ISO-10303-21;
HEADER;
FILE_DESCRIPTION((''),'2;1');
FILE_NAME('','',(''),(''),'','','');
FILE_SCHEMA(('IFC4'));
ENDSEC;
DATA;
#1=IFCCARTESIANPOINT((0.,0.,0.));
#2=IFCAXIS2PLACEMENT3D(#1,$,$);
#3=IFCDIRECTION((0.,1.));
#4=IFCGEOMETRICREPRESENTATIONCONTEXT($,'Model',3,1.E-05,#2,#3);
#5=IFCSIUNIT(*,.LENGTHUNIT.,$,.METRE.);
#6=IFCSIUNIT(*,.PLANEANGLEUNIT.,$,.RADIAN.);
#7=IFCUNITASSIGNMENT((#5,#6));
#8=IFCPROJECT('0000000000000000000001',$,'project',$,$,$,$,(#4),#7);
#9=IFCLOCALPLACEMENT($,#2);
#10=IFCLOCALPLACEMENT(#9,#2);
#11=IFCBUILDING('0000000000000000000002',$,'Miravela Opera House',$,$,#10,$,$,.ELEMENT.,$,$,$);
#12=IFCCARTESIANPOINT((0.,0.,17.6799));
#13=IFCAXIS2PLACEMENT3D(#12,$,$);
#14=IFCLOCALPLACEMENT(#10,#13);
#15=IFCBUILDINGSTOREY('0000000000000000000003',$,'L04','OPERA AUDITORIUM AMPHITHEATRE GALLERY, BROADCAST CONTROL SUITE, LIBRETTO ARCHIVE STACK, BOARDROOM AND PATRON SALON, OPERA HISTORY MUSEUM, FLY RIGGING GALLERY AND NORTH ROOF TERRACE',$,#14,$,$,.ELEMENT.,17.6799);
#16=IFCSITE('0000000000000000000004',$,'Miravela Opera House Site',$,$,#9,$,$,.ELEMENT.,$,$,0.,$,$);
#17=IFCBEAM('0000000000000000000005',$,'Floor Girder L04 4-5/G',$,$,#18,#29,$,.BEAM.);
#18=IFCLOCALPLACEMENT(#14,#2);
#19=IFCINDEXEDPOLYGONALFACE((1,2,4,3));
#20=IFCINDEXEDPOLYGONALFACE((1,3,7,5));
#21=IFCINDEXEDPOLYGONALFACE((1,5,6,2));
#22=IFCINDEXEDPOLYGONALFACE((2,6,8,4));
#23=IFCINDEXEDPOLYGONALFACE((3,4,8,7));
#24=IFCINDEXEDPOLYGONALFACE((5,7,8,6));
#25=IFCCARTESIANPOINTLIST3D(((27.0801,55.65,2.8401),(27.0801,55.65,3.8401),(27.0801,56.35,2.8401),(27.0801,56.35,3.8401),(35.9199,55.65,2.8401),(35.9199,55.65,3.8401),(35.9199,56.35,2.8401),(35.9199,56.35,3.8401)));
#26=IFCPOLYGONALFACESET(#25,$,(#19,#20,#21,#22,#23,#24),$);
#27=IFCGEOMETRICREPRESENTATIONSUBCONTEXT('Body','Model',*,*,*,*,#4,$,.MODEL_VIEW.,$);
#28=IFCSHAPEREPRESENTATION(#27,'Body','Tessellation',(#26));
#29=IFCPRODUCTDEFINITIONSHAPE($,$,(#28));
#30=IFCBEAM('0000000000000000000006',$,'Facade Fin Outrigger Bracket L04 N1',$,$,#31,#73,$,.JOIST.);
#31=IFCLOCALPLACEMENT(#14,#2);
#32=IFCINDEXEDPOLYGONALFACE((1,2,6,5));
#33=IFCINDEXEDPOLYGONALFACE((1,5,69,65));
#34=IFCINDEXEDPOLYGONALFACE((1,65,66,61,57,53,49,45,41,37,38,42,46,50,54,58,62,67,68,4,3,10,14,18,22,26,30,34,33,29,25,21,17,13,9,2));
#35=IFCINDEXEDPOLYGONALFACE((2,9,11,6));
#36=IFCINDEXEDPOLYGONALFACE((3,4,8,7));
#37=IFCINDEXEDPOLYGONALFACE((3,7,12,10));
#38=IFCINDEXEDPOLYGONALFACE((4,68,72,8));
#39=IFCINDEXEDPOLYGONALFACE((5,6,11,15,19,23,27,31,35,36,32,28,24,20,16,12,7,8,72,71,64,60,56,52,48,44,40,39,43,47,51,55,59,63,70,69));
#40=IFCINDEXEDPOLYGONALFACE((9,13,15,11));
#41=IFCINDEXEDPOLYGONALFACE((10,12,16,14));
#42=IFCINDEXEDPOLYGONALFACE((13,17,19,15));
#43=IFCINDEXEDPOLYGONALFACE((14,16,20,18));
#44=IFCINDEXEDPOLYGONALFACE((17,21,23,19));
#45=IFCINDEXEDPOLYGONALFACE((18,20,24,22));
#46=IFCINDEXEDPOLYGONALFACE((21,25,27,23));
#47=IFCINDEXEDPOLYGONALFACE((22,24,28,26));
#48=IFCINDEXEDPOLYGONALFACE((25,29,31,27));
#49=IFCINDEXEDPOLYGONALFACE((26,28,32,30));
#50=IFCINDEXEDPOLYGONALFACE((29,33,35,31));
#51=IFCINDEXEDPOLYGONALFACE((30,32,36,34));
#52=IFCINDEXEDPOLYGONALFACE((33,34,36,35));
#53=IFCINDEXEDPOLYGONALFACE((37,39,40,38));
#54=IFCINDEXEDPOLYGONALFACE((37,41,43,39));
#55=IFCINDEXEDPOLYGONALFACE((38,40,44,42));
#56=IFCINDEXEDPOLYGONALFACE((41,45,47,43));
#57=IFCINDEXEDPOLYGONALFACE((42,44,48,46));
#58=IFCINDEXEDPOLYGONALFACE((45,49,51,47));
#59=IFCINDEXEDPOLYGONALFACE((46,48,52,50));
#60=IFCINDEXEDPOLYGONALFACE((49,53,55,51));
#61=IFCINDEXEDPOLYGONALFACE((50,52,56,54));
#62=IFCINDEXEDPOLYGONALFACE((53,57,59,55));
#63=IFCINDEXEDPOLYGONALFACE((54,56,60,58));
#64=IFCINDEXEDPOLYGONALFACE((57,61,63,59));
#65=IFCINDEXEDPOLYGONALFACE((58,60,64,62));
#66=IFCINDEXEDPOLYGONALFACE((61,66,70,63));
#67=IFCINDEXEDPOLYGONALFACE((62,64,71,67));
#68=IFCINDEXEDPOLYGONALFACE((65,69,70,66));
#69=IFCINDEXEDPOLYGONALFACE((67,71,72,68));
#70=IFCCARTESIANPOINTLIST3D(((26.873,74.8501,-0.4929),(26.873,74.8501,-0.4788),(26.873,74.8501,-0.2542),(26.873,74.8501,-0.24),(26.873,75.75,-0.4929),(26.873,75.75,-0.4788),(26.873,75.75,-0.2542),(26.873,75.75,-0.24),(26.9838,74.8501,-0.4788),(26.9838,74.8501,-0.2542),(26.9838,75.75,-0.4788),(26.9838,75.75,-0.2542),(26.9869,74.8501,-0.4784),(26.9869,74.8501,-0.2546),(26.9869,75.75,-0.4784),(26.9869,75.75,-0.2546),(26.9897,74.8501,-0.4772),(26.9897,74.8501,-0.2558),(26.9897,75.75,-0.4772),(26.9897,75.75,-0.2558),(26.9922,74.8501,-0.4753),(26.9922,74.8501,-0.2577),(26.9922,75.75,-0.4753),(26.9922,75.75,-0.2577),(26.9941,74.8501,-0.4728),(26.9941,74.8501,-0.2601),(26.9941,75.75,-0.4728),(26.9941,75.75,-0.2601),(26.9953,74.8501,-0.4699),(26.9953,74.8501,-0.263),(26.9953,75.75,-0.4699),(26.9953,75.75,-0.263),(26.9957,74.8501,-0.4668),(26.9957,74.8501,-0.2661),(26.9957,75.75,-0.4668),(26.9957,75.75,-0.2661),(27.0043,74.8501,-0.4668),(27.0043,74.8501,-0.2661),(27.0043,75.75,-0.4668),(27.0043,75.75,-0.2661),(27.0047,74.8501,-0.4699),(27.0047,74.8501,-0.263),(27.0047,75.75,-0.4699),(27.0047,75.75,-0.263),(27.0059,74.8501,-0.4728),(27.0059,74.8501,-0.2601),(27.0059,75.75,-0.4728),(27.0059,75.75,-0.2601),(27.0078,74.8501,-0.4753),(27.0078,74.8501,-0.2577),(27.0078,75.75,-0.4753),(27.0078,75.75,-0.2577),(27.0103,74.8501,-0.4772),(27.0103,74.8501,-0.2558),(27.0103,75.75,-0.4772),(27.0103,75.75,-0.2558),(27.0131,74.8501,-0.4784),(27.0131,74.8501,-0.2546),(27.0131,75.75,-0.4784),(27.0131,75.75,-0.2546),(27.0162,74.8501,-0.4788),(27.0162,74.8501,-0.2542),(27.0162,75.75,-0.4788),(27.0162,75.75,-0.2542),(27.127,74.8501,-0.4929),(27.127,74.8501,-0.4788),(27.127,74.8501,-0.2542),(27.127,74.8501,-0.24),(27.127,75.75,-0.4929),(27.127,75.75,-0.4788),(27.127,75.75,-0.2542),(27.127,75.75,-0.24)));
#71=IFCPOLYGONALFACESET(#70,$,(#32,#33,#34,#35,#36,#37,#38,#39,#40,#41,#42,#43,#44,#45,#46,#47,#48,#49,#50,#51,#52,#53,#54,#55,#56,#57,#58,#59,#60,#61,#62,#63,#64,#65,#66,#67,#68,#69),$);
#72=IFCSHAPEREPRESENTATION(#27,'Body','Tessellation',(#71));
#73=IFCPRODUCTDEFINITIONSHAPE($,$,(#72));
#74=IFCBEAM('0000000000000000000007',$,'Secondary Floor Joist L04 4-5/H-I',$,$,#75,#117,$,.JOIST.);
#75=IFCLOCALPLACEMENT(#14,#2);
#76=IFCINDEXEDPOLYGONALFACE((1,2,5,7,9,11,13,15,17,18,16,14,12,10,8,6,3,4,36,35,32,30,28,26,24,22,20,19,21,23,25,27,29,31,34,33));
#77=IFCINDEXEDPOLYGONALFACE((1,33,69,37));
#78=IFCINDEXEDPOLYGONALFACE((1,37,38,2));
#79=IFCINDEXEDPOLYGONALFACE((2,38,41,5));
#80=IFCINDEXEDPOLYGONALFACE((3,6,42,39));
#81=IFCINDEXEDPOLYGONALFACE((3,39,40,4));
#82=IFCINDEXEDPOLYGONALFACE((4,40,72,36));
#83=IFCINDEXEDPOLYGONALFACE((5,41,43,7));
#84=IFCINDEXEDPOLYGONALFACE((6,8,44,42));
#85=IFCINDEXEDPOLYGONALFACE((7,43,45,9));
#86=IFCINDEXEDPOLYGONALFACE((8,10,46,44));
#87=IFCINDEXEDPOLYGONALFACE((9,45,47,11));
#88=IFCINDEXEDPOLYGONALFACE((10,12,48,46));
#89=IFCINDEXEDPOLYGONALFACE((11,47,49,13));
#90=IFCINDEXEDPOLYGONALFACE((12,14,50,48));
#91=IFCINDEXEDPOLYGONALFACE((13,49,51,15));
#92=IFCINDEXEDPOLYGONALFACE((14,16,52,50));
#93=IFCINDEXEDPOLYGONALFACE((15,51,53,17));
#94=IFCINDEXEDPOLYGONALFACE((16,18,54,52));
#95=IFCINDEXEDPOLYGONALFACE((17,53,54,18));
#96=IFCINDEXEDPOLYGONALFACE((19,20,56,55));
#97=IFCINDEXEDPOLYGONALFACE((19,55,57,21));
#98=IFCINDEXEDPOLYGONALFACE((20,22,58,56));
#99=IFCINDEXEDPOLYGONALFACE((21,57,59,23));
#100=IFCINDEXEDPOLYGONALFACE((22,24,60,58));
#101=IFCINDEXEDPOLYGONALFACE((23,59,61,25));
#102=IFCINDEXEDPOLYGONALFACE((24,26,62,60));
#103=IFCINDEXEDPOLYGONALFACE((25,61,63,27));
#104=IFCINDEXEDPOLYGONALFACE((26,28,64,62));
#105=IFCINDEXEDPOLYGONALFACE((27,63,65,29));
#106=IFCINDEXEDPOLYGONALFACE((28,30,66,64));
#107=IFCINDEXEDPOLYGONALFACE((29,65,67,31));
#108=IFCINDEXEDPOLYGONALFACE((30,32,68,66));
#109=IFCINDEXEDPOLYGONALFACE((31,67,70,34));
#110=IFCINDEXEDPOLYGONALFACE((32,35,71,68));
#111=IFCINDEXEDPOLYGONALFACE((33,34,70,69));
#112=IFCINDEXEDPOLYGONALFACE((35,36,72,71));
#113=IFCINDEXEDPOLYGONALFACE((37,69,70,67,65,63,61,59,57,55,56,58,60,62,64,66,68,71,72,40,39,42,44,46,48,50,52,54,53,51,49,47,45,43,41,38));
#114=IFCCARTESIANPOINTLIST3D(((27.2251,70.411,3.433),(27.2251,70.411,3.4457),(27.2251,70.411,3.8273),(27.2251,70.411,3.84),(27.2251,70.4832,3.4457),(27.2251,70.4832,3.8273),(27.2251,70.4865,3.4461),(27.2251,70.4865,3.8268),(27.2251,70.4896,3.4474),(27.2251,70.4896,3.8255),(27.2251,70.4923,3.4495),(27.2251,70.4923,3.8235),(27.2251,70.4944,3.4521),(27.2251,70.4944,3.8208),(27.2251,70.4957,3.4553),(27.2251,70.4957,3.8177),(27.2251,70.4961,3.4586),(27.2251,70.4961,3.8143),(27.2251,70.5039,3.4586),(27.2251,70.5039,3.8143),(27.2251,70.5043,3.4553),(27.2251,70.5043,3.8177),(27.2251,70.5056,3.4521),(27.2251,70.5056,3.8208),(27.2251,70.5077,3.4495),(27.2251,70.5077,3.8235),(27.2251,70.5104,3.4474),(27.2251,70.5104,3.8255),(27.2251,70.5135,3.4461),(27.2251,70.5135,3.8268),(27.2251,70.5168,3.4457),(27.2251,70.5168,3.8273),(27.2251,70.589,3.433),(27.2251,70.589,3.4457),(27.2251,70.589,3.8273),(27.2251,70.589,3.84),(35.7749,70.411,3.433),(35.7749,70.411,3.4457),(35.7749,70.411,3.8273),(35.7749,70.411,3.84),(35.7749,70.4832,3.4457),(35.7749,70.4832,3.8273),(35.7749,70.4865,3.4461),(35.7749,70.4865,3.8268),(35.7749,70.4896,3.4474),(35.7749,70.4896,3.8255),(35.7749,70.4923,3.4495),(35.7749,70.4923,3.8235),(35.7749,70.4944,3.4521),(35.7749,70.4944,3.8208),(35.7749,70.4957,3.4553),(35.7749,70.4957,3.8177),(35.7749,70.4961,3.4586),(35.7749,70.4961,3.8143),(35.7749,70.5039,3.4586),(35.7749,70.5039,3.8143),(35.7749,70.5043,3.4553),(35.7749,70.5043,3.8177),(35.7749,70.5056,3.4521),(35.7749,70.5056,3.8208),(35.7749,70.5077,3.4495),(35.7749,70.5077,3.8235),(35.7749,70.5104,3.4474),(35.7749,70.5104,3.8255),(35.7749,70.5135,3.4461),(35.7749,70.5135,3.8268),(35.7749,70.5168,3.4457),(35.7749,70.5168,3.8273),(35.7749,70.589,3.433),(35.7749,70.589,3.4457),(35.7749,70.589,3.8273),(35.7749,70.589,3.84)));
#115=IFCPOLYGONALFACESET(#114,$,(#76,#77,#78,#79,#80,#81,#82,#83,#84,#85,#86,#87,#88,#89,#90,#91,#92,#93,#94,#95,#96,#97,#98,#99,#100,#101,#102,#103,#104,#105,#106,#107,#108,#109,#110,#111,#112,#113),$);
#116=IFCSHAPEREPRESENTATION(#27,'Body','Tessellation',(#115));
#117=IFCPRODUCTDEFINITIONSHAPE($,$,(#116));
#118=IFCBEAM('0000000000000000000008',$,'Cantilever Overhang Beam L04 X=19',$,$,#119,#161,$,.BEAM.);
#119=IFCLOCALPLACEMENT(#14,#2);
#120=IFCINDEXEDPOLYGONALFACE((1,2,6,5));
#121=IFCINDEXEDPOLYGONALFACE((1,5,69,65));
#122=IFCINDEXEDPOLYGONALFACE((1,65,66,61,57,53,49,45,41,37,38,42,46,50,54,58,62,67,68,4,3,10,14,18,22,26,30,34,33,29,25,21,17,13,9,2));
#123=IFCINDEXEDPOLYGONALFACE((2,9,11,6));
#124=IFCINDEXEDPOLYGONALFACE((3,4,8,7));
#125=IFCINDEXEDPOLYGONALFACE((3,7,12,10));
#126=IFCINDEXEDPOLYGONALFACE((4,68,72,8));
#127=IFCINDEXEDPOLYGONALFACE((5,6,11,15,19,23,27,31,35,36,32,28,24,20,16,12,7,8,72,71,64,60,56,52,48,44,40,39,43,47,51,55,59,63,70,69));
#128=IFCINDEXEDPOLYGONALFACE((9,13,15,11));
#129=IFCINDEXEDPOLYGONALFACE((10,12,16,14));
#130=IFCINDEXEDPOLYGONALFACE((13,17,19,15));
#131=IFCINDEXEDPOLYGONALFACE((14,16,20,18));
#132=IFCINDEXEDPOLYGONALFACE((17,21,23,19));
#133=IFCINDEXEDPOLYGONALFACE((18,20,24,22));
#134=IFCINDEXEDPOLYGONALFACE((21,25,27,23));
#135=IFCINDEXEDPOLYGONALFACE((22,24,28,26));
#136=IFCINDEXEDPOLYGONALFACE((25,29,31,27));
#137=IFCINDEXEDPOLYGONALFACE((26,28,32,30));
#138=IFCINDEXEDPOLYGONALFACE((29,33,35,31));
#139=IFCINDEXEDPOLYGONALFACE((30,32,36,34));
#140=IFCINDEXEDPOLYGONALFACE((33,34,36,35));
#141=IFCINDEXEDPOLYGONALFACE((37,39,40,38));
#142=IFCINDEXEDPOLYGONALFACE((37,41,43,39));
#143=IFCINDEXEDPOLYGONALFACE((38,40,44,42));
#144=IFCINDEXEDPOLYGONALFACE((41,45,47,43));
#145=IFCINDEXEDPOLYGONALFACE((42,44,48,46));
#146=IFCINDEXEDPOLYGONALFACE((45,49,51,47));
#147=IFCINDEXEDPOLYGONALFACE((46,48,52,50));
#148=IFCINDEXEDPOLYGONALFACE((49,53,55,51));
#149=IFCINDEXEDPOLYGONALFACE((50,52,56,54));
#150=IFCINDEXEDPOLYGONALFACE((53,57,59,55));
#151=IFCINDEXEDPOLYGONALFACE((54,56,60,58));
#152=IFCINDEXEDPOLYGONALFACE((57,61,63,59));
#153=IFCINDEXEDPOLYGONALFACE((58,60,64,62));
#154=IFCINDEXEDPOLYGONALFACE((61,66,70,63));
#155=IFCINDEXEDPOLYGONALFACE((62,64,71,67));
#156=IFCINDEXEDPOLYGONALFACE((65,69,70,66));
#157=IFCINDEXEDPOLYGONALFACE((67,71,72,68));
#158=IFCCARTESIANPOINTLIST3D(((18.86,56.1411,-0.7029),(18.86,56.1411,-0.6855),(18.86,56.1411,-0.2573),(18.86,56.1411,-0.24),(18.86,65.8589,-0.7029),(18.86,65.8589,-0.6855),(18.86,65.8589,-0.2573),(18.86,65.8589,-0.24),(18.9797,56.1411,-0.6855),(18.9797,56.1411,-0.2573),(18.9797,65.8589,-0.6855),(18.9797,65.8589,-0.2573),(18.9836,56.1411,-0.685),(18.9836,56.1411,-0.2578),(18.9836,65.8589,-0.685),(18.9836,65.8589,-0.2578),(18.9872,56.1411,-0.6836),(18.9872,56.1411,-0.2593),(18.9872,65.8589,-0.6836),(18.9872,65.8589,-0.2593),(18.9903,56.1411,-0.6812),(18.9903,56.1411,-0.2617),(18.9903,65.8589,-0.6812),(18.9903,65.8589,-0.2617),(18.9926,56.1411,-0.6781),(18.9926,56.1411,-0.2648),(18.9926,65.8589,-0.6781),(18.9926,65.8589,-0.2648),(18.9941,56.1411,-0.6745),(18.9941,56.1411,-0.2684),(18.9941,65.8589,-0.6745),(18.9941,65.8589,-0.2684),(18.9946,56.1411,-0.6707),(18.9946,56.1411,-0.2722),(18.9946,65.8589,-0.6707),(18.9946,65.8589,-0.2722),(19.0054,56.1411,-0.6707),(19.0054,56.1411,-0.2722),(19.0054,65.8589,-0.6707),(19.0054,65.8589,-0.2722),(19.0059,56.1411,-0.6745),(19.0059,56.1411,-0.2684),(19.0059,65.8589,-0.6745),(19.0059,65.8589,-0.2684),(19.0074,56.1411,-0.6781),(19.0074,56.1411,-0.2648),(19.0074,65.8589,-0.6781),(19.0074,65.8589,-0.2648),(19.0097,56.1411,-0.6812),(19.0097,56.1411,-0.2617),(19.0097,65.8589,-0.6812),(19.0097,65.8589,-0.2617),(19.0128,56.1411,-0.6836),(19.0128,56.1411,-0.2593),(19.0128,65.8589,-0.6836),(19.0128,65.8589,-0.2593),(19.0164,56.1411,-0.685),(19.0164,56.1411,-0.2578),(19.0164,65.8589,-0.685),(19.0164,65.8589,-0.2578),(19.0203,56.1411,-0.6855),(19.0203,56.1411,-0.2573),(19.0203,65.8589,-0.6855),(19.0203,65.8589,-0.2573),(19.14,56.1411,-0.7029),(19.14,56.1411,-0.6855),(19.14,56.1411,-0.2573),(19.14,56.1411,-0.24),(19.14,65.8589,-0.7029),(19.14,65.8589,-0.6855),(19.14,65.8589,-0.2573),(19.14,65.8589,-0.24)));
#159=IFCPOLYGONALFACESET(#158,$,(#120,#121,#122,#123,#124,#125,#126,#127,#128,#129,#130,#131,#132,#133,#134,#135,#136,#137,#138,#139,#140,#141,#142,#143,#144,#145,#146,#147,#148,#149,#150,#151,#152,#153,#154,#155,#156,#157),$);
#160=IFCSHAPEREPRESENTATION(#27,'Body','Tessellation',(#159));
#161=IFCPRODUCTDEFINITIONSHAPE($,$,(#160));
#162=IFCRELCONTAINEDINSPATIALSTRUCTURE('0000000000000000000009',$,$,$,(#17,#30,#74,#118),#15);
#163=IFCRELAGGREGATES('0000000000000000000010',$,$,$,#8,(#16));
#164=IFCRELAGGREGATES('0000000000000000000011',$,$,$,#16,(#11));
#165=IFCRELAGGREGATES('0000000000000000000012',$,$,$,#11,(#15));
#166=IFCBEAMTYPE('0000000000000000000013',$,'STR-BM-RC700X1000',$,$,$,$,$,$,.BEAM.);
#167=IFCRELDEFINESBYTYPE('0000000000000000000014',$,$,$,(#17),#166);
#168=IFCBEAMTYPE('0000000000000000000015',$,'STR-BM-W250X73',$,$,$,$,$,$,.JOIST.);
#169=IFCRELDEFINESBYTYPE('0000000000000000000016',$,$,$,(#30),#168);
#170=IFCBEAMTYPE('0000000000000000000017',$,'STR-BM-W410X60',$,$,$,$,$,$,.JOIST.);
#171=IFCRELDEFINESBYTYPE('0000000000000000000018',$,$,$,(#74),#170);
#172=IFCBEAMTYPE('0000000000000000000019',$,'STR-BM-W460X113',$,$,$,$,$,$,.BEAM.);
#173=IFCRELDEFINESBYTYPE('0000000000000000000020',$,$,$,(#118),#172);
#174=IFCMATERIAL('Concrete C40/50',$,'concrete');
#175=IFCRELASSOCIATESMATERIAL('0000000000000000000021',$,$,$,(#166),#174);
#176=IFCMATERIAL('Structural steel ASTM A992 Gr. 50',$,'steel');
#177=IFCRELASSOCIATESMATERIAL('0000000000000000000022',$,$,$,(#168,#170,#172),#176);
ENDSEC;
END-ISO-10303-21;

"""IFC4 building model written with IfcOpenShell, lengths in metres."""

from ifc_helpers import new_model, si_unit, direction, frame, origin, origin_2d, place, context, subcontext, project, spatial, rectangle, i_section, extrude, material, material_profile, profile_set, type_object, element, save


model = new_model("IFC4")

# Units and contexts
model_context = context("Model", 3, precision=1e-05, world=origin(), true_north=direction((0.0, 1.0)))
body_context = subcontext(model_context, "Body", "Model", "MODEL_VIEW")
ifc_project = project(units=[si_unit("LENGTHUNIT", "METRE"), si_unit("PLANEANGLEUNIT", "RADIAN")], contexts=[model_context])

# Site, building, storey
site_placement = place(None, origin())
site = spatial("IfcSite", under=ifc_project, at=site_placement, Name="Miravela Opera House Site", CompositionType="ELEMENT", RefElevation=0.0)
building_placement = place(site_placement, origin())
building = spatial("IfcBuilding", under=site, at=building_placement, Name="Miravela Opera House", CompositionType="ELEMENT")
storey_placement = place(building_placement, frame((0.0, 0.0, 17.6799)))
storey = spatial("IfcBuildingStorey", under=building, at=storey_placement, Name="L04", Description="OPERA AUDITORIUM AMPHITHEATRE GALLERY, BROADCAST CONTROL SUITE, LIBRETTO ARCHIVE STACK, BOARDROOM AND PATRON SALON, OPERA HISTORY MUSEUM, FLY RIGGING GALLERY AND NORTH ROOF TERRACE", CompositionType="ELEMENT", Elevation=17.6799)

# Beams
ifc_material_1 = material(Name="Concrete C40/50", Category="concrete")
ifc_material_profile_1 = material_profile(ifc_material_1, rectangle(XDim=0.7, YDim=1.0, at=origin_2d()), Name="RC-BM-700X1000")
ifc_profile_set_1 = profile_set([ifc_material_profile_1])
beam_type_1 = type_object("IfcBeamType", Name="STR-BM-RC700X1000", PredefinedType="BEAM", material=ifc_profile_set_1)
beam_1_placement = place(storey_placement, frame((27.0801, 56.0, 3.3401), z_axis=(1.0, 0.0, 0.0), x_axis=(0.0, 1.0, 0.0)))
element("IfcBeam", 1, at=beam_1_placement, inside=storey, type_object=beam_type_1, Name="Floor Girder L04 4-5/G", PredefinedType="BEAM", context=body_context, shape_type="SweptSolid", body=[
    extrude(rectangle(XDim=0.7, YDim=1.0, at=origin_2d()), origin(), (0.0, 0.0, 1.0), 8.8398),
])
ifc_material_2 = material(Name="Structural steel ASTM A992 Gr. 50", Category="steel")
ifc_material_profile_2 = material_profile(ifc_material_2, i_section(OverallWidth=0.2539, OverallDepth=0.2529, WebThickness=0.0085, FlangeThickness=0.0142, FilletRadius=0.012, at=origin_2d()), Name="W250X73")
ifc_profile_set_2 = profile_set([ifc_material_profile_2])
beam_type_2 = type_object("IfcBeamType", Name="STR-BM-W250X73", PredefinedType="JOIST", material=ifc_profile_set_2)
beam_2_placement = place(storey_placement, frame((27.0, 74.8501, -0.3665), z_axis=(0.0, 1.0, 0.0), x_axis=(-1.0, 0.0, 0.0)))
element("IfcBeam", 2, at=beam_2_placement, inside=storey, type_object=beam_type_2, Name="Facade Fin Outrigger Bracket L04 N1", PredefinedType="JOIST", context=body_context, shape_type="SweptSolid", body=[
    extrude(i_section(OverallWidth=0.2539, OverallDepth=0.2529, WebThickness=0.0085, FlangeThickness=0.0142, FilletRadius=0.012, at=origin_2d()), origin(), (0.0, 0.0, 1.0), 0.8999),
])
ifc_material_profile_3 = material_profile(ifc_material_2, i_section(OverallWidth=0.178, OverallDepth=0.407, WebThickness=0.0078, FlangeThickness=0.0127, FilletRadius=0.0129, at=origin_2d()), Name="W410X60")
ifc_profile_set_3 = profile_set([ifc_material_profile_3])
beam_type_3 = type_object("IfcBeamType", Name="STR-BM-W410X60", PredefinedType="JOIST", material=ifc_profile_set_3)
beam_3_placement = place(storey_placement, frame((27.2251, 70.5, 3.6365), z_axis=(1.0, 0.0, 0.0), x_axis=(0.0, 1.0, 0.0)))
element("IfcBeam", 3, at=beam_3_placement, inside=storey, type_object=beam_type_3, Name="Secondary Floor Joist L04 4-5/H-I", PredefinedType="JOIST", context=body_context, shape_type="SweptSolid", body=[
    extrude(i_section(OverallWidth=0.178, OverallDepth=0.407, WebThickness=0.0078, FlangeThickness=0.0127, FilletRadius=0.0129, at=origin_2d()), origin(), (0.0, 0.0, 1.0), 8.5498),
])
ifc_material_profile_4 = material_profile(ifc_material_2, i_section(OverallWidth=0.28, OverallDepth=0.4629, WebThickness=0.0107, FlangeThickness=0.0173, FilletRadius=0.0149, at=origin_2d()), Name="W460X113")
ifc_profile_set_4 = profile_set([ifc_material_profile_4])
beam_type_4 = type_object("IfcBeamType", Name="STR-BM-W460X113", PredefinedType="BEAM", material=ifc_profile_set_4)
beam_4_placement = place(storey_placement, frame((19.0, 56.1411, -0.4714), z_axis=(0.0, 1.0, 0.0), x_axis=(-1.0, 0.0, 0.0)))
element("IfcBeam", 4, at=beam_4_placement, inside=storey, type_object=beam_type_4, Name="Cantilever Overhang Beam L04 X=19", PredefinedType="BEAM", context=body_context, shape_type="SweptSolid", body=[
    extrude(i_section(OverallWidth=0.28, OverallDepth=0.4629, WebThickness=0.0107, FlangeThickness=0.0173, FilletRadius=0.0149, at=origin_2d()), origin(), (0.0, 0.0, 1.0), 9.7178),
])

save(model, "model.ifc")
